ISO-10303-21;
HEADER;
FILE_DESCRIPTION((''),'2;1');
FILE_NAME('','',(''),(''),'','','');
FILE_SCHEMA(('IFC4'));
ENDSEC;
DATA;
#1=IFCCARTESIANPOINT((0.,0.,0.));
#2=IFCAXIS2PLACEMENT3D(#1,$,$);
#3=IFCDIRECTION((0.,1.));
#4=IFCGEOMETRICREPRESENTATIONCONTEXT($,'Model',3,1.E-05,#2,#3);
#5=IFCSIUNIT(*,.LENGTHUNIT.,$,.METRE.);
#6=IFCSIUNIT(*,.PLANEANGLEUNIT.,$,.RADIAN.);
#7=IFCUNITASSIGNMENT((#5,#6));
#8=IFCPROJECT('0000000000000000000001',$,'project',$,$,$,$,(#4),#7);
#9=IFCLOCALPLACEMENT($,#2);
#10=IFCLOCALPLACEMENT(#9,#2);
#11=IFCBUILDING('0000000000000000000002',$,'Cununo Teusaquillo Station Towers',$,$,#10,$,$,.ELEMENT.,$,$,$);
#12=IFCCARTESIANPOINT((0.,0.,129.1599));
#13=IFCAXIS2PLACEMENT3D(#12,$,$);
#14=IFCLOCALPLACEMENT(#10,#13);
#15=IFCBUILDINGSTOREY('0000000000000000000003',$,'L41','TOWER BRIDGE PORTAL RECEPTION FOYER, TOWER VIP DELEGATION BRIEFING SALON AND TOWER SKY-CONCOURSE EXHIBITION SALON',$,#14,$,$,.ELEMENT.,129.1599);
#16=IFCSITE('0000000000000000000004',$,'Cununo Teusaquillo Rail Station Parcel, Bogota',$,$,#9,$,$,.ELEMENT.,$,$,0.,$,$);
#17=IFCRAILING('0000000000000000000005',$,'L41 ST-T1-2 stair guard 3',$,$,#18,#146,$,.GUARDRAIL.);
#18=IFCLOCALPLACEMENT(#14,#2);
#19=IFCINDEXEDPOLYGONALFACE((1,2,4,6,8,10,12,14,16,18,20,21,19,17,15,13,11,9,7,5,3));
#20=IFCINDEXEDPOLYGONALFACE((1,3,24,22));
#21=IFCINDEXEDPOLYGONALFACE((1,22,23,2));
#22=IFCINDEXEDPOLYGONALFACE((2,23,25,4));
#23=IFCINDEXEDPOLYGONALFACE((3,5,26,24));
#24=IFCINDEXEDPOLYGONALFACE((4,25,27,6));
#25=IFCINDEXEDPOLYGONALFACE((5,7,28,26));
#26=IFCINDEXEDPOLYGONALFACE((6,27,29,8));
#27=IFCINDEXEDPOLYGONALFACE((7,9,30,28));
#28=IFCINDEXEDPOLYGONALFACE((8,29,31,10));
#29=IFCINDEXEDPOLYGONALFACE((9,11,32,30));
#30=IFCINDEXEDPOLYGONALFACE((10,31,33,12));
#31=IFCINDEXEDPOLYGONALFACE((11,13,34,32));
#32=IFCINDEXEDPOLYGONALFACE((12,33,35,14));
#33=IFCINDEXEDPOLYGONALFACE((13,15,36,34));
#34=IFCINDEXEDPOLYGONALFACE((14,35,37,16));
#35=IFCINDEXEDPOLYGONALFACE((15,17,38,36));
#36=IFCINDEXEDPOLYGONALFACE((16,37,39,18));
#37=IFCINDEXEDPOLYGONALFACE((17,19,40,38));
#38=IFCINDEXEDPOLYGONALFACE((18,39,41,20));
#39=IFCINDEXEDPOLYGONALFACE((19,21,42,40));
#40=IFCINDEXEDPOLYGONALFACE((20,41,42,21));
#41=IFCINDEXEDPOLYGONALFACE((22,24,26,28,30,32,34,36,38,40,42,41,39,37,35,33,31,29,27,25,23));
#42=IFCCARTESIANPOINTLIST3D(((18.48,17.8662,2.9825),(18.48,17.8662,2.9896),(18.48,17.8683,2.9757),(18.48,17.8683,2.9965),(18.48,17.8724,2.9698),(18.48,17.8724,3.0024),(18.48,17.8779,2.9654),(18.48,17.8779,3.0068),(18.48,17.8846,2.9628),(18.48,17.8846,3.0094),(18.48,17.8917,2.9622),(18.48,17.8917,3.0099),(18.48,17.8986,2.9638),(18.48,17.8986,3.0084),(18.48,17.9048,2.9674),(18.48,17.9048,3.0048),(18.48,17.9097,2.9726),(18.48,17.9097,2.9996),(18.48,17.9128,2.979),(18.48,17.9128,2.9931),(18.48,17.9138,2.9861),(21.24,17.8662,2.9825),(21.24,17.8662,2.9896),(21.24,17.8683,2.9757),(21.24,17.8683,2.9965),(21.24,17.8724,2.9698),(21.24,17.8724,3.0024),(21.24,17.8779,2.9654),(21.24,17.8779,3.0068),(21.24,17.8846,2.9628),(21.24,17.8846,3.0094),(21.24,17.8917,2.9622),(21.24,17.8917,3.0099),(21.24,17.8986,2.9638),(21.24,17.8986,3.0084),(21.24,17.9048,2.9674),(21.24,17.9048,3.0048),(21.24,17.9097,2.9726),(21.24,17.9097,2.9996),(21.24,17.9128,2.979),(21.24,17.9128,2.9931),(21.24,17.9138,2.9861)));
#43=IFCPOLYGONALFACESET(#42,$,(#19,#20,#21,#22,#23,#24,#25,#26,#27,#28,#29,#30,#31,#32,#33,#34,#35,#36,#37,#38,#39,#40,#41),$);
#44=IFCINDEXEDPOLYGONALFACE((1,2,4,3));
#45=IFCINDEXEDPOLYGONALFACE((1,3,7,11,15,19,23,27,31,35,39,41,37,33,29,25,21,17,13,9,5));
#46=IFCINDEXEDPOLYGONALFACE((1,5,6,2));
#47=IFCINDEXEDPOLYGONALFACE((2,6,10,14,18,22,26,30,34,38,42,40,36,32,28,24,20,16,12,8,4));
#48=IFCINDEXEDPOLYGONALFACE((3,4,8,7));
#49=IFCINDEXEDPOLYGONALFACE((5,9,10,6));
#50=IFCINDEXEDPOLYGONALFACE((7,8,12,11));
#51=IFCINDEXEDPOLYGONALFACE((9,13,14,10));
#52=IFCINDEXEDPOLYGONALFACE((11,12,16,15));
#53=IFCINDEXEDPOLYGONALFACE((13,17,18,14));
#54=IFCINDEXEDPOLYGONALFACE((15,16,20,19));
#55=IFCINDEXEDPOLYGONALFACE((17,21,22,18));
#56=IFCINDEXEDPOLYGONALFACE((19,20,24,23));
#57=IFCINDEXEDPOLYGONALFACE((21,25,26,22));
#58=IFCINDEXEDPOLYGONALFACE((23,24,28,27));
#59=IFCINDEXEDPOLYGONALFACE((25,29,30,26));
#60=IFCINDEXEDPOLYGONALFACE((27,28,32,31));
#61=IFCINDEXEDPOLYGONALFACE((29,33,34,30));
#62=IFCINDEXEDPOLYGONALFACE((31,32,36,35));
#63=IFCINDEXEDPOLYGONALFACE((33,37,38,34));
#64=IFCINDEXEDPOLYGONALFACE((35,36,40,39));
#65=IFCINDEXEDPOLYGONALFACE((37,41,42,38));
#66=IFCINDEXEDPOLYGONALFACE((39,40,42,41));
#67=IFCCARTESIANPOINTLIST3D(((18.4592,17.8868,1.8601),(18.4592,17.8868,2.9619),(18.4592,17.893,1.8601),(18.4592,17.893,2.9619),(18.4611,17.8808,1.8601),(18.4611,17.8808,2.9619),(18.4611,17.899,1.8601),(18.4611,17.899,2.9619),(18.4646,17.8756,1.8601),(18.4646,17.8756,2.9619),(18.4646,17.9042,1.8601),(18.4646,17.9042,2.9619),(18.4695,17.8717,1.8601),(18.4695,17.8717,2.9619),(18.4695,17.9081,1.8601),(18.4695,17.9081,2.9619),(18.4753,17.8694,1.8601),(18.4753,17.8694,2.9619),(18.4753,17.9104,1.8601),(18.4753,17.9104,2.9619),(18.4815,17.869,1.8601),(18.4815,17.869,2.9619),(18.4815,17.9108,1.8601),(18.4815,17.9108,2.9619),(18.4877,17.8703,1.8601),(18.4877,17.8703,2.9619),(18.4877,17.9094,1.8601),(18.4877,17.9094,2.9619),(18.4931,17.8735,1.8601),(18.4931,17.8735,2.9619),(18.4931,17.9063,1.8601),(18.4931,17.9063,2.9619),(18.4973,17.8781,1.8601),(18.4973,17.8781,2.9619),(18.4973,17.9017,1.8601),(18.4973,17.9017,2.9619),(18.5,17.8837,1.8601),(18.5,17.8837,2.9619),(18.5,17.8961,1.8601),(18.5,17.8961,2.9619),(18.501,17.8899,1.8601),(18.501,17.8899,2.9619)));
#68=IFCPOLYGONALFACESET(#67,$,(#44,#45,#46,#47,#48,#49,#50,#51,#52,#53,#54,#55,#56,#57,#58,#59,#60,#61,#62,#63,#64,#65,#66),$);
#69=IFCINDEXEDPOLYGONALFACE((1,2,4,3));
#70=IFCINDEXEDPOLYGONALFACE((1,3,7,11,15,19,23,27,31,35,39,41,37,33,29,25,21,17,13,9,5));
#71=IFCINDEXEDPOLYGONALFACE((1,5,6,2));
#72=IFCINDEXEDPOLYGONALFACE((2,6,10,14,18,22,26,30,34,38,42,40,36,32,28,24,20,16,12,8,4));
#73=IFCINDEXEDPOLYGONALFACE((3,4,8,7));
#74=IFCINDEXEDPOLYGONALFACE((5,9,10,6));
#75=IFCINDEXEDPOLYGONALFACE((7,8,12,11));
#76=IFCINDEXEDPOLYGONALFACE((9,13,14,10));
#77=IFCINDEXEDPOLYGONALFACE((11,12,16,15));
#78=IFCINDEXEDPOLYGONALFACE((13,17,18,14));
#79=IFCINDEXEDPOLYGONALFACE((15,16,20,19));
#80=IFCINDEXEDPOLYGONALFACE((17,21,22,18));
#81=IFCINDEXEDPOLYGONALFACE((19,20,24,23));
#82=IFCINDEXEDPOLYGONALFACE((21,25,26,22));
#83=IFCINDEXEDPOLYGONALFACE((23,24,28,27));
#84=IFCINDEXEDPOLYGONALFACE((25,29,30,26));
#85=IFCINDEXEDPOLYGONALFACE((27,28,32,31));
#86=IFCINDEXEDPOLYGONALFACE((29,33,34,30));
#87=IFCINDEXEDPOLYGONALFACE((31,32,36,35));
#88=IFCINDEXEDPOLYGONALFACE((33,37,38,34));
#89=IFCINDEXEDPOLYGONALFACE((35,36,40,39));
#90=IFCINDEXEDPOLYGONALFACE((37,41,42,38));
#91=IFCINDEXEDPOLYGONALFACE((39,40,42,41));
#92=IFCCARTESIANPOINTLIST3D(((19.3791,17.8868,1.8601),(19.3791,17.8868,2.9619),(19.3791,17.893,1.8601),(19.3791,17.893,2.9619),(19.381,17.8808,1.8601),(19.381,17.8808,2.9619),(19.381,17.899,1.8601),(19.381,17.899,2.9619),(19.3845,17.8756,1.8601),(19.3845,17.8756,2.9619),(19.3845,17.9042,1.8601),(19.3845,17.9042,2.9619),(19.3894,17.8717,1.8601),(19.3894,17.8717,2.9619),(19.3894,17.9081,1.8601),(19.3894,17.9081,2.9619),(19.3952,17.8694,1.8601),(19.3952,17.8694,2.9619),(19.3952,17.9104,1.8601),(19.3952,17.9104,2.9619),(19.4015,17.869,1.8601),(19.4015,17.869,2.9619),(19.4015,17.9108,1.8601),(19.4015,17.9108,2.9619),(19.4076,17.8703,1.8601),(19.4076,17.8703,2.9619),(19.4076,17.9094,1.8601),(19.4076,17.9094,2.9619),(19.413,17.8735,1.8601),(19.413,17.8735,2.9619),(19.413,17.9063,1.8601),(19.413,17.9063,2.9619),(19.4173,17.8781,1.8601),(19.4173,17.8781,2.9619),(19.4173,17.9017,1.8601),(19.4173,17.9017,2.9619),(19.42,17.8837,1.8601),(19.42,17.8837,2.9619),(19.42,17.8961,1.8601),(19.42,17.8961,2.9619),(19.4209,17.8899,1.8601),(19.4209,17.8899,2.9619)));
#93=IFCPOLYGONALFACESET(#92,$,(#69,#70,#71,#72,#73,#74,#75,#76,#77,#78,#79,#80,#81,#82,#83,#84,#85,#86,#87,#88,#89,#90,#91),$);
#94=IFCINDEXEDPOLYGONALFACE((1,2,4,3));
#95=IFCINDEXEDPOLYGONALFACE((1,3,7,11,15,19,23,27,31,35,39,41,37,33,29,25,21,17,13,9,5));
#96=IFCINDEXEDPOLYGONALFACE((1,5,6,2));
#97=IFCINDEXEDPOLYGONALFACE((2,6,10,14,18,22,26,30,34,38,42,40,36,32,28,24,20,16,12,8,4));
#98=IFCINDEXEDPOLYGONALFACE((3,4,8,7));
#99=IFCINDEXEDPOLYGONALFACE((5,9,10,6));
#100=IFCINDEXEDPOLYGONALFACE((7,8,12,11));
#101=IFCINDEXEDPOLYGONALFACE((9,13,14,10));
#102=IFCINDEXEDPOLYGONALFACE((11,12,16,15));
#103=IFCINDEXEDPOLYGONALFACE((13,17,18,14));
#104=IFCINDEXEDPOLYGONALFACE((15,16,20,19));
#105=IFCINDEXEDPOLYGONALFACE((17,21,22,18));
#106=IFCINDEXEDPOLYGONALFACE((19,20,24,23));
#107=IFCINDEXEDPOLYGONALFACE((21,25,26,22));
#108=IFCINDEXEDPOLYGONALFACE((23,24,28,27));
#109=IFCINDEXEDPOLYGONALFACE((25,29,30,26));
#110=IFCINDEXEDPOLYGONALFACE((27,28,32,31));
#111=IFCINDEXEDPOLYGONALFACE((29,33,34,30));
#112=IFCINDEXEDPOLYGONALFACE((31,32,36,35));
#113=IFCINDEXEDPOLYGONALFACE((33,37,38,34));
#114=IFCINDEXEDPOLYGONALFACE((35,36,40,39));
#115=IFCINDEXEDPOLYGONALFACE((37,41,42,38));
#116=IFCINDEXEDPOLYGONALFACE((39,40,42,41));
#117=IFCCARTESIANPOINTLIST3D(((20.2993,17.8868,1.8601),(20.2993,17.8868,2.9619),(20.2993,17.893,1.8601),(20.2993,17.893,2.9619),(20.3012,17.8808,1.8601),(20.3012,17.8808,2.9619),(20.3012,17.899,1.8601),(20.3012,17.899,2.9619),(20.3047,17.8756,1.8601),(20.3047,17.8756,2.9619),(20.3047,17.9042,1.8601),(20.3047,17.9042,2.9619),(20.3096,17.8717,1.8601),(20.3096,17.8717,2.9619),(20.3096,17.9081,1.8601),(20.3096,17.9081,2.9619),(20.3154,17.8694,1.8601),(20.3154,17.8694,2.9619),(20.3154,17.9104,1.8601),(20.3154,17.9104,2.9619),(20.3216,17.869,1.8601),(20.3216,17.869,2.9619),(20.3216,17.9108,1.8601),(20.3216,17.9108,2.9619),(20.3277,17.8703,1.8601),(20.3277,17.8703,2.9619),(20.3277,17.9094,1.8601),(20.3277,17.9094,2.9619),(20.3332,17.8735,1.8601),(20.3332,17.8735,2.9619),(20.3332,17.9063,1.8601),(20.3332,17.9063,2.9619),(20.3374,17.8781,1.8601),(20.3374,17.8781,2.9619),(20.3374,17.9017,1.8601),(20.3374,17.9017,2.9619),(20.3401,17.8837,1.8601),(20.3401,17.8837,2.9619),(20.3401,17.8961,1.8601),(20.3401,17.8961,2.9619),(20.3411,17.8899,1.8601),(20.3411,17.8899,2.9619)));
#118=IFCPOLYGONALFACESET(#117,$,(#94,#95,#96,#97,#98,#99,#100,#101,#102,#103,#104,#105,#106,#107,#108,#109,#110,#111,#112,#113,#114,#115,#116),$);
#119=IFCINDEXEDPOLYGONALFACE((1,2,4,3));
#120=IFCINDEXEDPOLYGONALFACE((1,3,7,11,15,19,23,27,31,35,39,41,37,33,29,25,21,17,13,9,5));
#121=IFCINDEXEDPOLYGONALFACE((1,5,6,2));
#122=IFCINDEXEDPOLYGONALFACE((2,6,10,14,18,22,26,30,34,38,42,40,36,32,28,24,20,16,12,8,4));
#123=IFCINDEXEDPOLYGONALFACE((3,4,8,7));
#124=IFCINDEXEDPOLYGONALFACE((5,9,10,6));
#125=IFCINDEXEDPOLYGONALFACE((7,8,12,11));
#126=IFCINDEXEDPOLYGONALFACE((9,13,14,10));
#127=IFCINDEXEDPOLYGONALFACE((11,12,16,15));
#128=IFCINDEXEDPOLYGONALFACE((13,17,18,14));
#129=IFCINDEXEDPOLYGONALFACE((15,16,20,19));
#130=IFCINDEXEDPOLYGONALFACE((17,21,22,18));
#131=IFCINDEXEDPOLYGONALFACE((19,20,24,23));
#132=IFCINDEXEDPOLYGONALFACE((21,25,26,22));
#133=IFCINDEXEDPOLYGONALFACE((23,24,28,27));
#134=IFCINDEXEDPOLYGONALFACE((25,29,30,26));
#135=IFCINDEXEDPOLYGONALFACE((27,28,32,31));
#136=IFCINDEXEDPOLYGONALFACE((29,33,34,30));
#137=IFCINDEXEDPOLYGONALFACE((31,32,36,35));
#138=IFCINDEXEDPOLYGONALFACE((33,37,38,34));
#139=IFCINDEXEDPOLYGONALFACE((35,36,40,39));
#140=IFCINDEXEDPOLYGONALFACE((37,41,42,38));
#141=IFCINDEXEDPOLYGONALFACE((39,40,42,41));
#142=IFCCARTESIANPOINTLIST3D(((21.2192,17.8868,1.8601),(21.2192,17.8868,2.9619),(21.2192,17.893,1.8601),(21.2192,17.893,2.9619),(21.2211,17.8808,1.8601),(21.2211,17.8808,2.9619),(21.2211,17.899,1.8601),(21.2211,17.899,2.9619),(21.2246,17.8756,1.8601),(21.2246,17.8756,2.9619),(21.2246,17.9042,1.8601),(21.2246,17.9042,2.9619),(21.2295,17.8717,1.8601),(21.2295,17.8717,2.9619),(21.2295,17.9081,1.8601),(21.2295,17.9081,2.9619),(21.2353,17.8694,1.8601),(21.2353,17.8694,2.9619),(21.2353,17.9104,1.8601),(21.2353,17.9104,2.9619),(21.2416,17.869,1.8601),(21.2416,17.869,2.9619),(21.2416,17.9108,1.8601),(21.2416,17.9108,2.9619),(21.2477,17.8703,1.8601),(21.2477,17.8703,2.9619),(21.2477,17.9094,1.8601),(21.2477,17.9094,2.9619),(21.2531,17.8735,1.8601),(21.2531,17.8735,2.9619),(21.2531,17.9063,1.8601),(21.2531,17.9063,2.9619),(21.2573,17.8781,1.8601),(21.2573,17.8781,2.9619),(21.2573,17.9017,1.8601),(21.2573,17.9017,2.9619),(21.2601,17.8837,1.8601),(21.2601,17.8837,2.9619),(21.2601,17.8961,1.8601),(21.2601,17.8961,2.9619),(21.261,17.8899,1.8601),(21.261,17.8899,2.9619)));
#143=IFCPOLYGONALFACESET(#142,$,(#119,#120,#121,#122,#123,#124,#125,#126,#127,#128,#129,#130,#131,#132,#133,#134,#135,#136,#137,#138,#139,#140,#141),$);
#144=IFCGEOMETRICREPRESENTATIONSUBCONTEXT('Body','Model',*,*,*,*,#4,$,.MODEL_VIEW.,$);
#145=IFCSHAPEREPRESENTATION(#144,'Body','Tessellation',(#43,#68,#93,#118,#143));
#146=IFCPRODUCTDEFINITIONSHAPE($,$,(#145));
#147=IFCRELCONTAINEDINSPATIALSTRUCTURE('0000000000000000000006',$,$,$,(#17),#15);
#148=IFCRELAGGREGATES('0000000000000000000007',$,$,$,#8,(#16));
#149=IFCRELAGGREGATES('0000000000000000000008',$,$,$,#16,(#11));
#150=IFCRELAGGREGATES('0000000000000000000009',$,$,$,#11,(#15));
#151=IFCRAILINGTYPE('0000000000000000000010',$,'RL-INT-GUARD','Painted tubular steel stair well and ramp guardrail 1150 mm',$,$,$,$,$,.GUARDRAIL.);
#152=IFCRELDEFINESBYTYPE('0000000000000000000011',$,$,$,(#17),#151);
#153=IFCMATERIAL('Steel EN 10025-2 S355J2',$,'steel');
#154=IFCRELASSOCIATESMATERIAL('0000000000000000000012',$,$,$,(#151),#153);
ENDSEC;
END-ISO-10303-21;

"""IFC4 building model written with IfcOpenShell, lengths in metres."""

from ifc_helpers import new_model, si_unit, direction, frame, origin, origin_2d, place, context, subcontext, project, spatial, circle, extrude, material, type_object, element, save


model = new_model("IFC4")

# Units and contexts
model_context = context("Model", 3, precision=1e-05, world=origin(), true_north=direction((0.0, 1.0)))
body_context = subcontext(model_context, "Body", "Model", "MODEL_VIEW")
ifc_project = project(units=[si_unit("LENGTHUNIT", "METRE"), si_unit("PLANEANGLEUNIT", "RADIAN")], contexts=[model_context])

# Site, building, storey
site_placement = place(None, origin())
site = spatial("IfcSite", under=ifc_project, at=site_placement, Name="Cununo Teusaquillo Rail Station Parcel, Bogota", CompositionType="ELEMENT", RefElevation=0.0)
building_placement = place(site_placement, origin())
building = spatial("IfcBuilding", under=site, at=building_placement, Name="Cununo Teusaquillo Station Towers", CompositionType="ELEMENT")
storey_placement = place(building_placement, frame((0.0, 0.0, 129.1599)))
storey = spatial("IfcBuildingStorey", under=building, at=storey_placement, Name="L41", Description="TOWER BRIDGE PORTAL RECEPTION FOYER, TOWER VIP DELEGATION BRIEFING SALON AND TOWER SKY-CONCOURSE EXHIBITION SALON", CompositionType="ELEMENT", Elevation=129.1599)

# Railing
ifc_material_1 = material(Name="Steel EN 10025-2 S355J2", Category="steel")
railing_type_1 = type_object("IfcRailingType", Name="RL-INT-GUARD", Description="Painted tubular steel stair well and ramp guardrail 1150 mm", PredefinedType="GUARDRAIL", material=ifc_material_1)
railing_1_placement = place(storey_placement, frame((18.48, 17.8899, 1.8601)))
element("IfcRailing", 1, at=railing_1_placement, inside=storey, type_object=railing_type_1, Name="L41 ST-T1-2 stair guard 3", PredefinedType="GUARDRAIL", context=body_context, shape_type="SweptSolid", body=[
    extrude(circle(Radius=0.0239, at=origin_2d()), frame((0.0, 0.0, 1.126), z_axis=(1.0, 0.0, 0.0), x_axis=(0.0, 1.0, 0.0)), (0.0, 0.0, 1.0), 2.76),
    extrude(circle(Radius=0.021, at=origin_2d()), origin(), (0.0, 0.0, 1.0), 1.1018),
    extrude(circle(Radius=0.021, at=origin_2d()), frame((0.9199, 0.0, 0.0)), (0.0, 0.0, 1.0), 1.1018),
    extrude(circle(Radius=0.021, at=origin_2d()), frame((1.8401, 0.0, 0.0)), (0.0, 0.0, 1.0), 1.1018),
    extrude(circle(Radius=0.021, at=origin_2d()), frame((2.76, 0.0, 0.0)), (0.0, 0.0, 1.0), 1.1018),
])

save(model, "model.ifc")
